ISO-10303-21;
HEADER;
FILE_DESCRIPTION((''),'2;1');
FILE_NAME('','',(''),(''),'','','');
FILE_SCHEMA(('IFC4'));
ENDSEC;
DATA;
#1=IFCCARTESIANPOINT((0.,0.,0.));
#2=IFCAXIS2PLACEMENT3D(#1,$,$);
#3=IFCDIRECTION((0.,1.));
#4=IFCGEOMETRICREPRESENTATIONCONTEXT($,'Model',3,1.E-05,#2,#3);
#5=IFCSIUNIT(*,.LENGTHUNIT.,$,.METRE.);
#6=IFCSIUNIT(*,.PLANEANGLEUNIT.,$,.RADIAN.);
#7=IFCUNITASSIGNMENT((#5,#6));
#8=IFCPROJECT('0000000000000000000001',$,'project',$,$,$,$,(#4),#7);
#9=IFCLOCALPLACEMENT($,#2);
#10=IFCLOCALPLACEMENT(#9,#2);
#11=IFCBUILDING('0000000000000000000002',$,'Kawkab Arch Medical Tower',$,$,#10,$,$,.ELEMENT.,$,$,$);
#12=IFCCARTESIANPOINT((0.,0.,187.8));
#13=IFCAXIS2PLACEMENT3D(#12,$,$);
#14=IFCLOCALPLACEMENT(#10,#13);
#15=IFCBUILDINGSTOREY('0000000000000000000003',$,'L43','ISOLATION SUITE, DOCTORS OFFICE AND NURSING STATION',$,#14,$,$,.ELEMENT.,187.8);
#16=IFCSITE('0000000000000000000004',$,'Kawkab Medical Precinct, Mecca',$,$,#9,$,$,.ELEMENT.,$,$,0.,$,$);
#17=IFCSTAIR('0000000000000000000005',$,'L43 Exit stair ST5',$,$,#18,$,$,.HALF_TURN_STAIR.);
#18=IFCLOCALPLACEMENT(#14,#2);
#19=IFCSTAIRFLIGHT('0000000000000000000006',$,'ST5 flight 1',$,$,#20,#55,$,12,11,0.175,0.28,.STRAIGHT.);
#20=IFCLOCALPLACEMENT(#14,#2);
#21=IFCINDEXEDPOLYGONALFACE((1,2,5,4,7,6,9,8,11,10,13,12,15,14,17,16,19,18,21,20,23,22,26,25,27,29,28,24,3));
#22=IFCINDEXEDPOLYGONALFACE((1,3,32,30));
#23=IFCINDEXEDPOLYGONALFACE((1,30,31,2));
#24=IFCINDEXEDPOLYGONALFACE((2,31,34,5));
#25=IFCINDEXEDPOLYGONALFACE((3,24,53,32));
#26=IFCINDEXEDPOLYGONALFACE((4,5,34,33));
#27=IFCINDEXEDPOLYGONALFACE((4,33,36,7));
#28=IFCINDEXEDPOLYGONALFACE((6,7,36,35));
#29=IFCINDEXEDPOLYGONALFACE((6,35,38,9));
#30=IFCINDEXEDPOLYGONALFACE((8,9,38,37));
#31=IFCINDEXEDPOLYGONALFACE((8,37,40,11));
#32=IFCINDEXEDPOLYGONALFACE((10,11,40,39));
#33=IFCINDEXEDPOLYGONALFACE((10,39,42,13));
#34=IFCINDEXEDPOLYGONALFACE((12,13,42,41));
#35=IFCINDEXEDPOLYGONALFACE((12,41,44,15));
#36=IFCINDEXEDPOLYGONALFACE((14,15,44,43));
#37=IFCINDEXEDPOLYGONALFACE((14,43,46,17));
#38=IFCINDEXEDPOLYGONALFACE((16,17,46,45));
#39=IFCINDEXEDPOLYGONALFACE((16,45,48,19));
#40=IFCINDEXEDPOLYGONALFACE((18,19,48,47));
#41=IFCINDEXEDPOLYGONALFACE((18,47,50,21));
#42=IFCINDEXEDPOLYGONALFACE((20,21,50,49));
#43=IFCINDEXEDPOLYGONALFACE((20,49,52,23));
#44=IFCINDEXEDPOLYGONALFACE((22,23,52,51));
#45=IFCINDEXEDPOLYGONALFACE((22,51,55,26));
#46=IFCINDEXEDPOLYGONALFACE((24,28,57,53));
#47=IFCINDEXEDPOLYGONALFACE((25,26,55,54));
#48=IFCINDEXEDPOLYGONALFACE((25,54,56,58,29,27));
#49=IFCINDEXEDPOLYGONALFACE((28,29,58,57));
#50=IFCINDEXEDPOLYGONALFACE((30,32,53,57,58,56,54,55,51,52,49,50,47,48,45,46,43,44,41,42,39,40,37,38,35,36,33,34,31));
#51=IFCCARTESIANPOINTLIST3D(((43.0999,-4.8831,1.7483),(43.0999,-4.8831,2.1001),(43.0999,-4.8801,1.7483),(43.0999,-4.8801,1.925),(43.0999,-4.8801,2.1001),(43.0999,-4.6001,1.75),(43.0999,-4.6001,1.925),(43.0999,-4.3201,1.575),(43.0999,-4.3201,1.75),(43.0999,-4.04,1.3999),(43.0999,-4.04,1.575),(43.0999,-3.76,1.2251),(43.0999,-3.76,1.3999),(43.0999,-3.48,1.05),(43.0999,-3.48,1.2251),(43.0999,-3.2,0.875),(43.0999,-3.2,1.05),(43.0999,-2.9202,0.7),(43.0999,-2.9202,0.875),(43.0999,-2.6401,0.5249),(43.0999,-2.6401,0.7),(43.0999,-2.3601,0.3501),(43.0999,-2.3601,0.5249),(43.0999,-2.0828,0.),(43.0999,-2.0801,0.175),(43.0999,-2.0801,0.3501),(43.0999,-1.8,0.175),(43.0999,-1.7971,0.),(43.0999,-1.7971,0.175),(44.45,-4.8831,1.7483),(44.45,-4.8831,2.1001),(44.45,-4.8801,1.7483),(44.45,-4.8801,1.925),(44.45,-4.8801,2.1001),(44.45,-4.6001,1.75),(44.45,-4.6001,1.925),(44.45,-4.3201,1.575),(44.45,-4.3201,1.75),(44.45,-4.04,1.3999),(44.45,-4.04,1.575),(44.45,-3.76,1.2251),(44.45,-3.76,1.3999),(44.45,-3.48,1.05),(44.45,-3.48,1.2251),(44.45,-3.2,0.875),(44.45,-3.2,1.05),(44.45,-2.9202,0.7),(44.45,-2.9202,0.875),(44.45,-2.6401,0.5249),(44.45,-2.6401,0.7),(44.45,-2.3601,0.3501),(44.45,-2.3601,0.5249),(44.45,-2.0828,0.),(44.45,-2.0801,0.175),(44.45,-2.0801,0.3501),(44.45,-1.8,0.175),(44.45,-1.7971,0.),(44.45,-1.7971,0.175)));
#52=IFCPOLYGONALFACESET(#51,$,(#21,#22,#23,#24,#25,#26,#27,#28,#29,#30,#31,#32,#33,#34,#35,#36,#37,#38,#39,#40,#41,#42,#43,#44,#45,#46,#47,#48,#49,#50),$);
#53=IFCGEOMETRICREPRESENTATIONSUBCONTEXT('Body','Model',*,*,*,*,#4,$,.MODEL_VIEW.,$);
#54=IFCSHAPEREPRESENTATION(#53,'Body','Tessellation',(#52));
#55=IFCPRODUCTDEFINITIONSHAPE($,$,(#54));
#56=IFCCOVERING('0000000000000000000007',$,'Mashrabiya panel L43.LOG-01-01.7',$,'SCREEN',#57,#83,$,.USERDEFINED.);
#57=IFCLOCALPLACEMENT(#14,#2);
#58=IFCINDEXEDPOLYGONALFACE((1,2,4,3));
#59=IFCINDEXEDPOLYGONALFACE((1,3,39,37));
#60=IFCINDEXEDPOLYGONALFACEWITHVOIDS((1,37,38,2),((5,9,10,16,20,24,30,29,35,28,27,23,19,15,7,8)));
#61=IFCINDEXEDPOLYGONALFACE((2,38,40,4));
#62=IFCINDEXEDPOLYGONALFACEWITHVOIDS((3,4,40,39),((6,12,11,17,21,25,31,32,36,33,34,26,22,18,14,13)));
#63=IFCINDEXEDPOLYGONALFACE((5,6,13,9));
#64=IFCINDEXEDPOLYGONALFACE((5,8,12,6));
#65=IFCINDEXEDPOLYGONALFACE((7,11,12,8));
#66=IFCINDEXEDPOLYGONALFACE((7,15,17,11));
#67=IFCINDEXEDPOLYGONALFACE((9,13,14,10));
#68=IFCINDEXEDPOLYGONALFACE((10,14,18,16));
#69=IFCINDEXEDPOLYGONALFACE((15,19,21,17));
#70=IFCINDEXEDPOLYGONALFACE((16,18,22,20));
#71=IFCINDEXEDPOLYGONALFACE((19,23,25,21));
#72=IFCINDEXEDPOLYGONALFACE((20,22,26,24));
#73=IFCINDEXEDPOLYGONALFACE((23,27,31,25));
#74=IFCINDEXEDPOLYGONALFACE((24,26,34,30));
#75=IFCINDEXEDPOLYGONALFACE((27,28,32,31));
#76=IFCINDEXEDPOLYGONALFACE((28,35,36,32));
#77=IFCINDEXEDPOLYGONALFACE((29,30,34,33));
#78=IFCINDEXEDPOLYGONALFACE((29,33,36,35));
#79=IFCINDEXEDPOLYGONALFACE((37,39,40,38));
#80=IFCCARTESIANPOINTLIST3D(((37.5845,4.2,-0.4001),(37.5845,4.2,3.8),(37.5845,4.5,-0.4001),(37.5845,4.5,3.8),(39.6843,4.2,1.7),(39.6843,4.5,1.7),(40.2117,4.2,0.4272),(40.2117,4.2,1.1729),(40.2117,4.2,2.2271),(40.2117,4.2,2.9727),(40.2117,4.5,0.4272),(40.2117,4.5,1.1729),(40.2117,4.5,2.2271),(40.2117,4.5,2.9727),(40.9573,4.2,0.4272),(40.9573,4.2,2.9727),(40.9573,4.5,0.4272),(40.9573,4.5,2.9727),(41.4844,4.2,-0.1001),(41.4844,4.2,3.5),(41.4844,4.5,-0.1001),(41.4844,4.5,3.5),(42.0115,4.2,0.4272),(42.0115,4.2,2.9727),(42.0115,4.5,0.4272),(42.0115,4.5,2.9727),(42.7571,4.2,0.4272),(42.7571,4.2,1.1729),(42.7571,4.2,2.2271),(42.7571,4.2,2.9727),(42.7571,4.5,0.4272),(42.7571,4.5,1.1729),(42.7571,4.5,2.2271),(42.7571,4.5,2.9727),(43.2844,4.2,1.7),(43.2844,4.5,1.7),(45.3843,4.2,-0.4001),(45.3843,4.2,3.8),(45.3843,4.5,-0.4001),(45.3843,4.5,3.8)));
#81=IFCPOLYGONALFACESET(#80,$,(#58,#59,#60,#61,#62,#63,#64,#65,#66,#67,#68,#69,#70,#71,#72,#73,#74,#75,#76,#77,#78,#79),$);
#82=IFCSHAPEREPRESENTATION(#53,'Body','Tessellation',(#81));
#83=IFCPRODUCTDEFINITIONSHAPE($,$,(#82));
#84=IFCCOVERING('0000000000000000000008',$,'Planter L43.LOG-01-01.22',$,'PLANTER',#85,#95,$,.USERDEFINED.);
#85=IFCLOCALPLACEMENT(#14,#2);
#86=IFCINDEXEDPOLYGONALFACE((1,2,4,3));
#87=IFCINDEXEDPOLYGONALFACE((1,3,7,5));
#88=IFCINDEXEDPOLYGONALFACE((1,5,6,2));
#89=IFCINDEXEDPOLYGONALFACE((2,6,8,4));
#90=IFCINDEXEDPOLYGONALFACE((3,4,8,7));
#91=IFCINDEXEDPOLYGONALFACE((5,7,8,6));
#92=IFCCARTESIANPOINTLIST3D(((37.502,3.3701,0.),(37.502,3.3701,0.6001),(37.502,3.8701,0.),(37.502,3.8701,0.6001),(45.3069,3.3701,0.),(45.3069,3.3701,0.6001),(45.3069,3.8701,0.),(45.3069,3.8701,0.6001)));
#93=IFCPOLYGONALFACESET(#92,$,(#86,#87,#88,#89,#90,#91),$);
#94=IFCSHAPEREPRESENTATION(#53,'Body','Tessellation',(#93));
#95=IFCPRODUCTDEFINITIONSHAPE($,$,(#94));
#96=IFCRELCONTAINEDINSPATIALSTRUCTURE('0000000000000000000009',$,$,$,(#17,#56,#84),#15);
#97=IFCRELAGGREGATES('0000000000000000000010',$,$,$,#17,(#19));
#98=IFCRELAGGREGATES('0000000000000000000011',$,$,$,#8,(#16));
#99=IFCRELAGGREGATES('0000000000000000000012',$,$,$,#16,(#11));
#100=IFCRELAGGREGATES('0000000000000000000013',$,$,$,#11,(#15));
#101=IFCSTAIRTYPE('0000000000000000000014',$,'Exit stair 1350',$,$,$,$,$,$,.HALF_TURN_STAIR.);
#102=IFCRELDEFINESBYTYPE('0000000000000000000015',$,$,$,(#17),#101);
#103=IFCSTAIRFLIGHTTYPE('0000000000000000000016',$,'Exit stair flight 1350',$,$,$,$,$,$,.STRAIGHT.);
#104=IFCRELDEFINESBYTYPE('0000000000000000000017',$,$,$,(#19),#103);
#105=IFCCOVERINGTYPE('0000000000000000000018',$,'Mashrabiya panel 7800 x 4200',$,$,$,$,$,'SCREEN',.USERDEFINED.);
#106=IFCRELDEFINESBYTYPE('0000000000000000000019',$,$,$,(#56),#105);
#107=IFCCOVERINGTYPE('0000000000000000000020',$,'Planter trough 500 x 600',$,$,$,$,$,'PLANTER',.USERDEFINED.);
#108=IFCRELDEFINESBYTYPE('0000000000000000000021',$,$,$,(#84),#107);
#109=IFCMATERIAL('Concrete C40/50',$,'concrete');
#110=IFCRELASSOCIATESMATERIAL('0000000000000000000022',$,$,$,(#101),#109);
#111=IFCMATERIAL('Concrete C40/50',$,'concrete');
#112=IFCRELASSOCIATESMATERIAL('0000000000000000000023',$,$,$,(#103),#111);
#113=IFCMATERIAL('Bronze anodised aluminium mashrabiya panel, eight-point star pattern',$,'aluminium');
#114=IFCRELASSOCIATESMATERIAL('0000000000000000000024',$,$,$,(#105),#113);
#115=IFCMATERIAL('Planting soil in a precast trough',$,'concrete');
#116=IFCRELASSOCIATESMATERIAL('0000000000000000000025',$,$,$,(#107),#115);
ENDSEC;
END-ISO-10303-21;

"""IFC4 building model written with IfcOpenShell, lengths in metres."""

from ifc_helpers import new_model, si_unit, direction, frame, origin, origin_2d, place, context, subcontext, project, spatial, polyline, rectangle, outline, extrude, material, material_profile, profile_set, type_object, element, aggregate, save


model = new_model("IFC4")

# Units and contexts
model_context = context("Model", 3, precision=1e-05, world=origin(), true_north=direction((0.0, 1.0)))
body_context = subcontext(model_context, "Body", "Model", "MODEL_VIEW")
ifc_project = project(units=[si_unit("LENGTHUNIT", "METRE"), si_unit("PLANEANGLEUNIT", "RADIAN")], contexts=[model_context])

# Site, building, storey
site_placement = place(None, origin())
site = spatial("IfcSite", under=ifc_project, at=site_placement, Name="Kawkab Medical Precinct, Mecca", CompositionType="ELEMENT", RefElevation=0.0)
building_placement = place(site_placement, origin())
building = spatial("IfcBuilding", under=site, at=building_placement, Name="Kawkab Arch Medical Tower", CompositionType="ELEMENT")
storey_placement = place(building_placement, frame((0.0, 0.0, 187.8)))
storey = spatial("IfcBuildingStorey", under=building, at=storey_placement, Name="L43", Description="ISOLATION SUITE, DOCTORS OFFICE AND NURSING STATION", CompositionType="ELEMENT", Elevation=187.8)

# Shared definitions
placement = place(storey_placement, origin())

# Stair, stair flight
ifc_material_1 = material(Name="Concrete C40/50", Category="concrete")
stair_type = type_object("IfcStairType", Name="Exit stair 1350", PredefinedType="HALF_TURN_STAIR", material=ifc_material_1)
stair = element("IfcStair", 1, at=placement, inside=storey, type_object=stair_type, Name="L43 Exit stair ST5", PredefinedType="HALF_TURN_STAIR")
ifc_material_2 = material(Name="Concrete C40/50", Category="concrete")
stair_flight_type = type_object("IfcStairFlightType", Name="Exit stair flight 1350", PredefinedType="STRAIGHT", material=ifc_material_2)
stair_flight_placement = place(storey_placement, frame((43.7749, -1.8, 0.0), z_axis=(0.0, 0.0, 1.0), x_axis=(0.0, -1.0, 0.0)))
stair_flight = element("IfcStairFlight", 2, at=stair_flight_placement, type_object=stair_flight_type, Name="ST5 flight 1", NumberOfRisers=12, NumberOfTreads=11, PredefinedType="STRAIGHT", RiserHeight=0.175, TreadLength=0.28, context=body_context, shape_type="SweptSolid", body=[
    extrude(outline(polyline([(-0.0029, 0.0), (-0.0029, 0.175), (0.0, 0.175), (0.28, 0.175), (0.28, 0.3501), (0.5601, 0.3501), (0.5601, 0.5249), (0.8401, 0.5249), (0.8401, 0.7), (1.1201, 0.7), (1.1201, 0.875), (1.3999, 0.875), (1.3999, 1.05), (1.6799, 1.05), (1.6799, 1.2251), (1.96, 1.2251), (1.96, 1.3999), (2.24, 1.3999), (2.24, 1.575), (2.52, 1.575), (2.52, 1.75), (2.8, 1.75), (2.8, 1.925), (3.0801, 1.925), (3.0801, 2.1001), (3.083, 2.1001), (3.083, 1.7483), (3.0801, 1.7483), (0.2827, 0.0), (-0.0029, 0.0)])), frame((0.0, 0.675, 0.0), z_axis=(0.0, -1.0, 0.0), x_axis=(1.0, 0.0, 0.0)), (0.0, 0.0, 1.0), 1.3501),
])
aggregate(stair, [stair_flight])

# Coverings
ifc_material_3 = material(Name="Bronze anodised aluminium mashrabiya panel, eight-point star pattern", Category="aluminium")
ifc_material_profile_1 = material_profile(ifc_material_3, outline(polyline([(-3.8999, -2.1001), (3.8999, -2.1001), (3.8999, 2.1001), (-3.8999, 2.1001), (-3.8999, -2.1001)]), holes=[polyline([(1.8, 0.0), (1.2727, 0.5271), (1.2727, 1.2727), (0.5271, 1.2727), (0.0, 1.8), (-0.5271, 1.2727), (-1.2727, 1.2727), (-1.2727, 0.5271), (-1.8, 0.0), (-1.2727, -0.5271), (-1.2727, -1.2727), (-0.5271, -1.2727), (0.0, -1.8), (0.5271, -1.2727), (1.2727, -1.2727), (1.2727, -0.5271), (1.8, 0.0)])]), Name="Mashrabiya panel 7800x4200")
ifc_profile_set_1 = profile_set([ifc_material_profile_1], Name="Bronze anodised aluminium mashrabiya panel, eight-point star pattern")
covering_type_1 = type_object("IfcCoveringType", Name="Mashrabiya panel 7800 x 4200", ElementType="SCREEN", PredefinedType="USERDEFINED", material=ifc_profile_set_1)
covering_1_placement = place(storey_placement, frame((41.4844, 4.2, 1.7), z_axis=(0.0, 1.0, 0.0), x_axis=(-1.0, 0.0, 0.0)))
element("IfcCovering", 3, at=covering_1_placement, inside=storey, type_object=covering_type_1, Name="Mashrabiya panel L43.LOG-01-01.7", ObjectType="SCREEN", PredefinedType="USERDEFINED", context=body_context, shape_type="SweptSolid", body=[
    extrude(outline(polyline([(-3.8999, -2.1001), (3.8999, -2.1001), (3.8999, 2.1001), (-3.8999, 2.1001), (-3.8999, -2.1001)]), holes=[polyline([(1.8, 0.0), (1.2727, 0.5271), (1.2727, 1.2727), (0.5271, 1.2727), (0.0, 1.8), (-0.5271, 1.2727), (-1.2727, 1.2727), (-1.2727, 0.5271), (-1.8, 0.0), (-1.2727, -0.5271), (-1.2727, -1.2727), (-0.5271, -1.2727), (0.0, -1.8), (0.5271, -1.2727), (1.2727, -1.2727), (1.2727, -0.5271), (1.8, 0.0)])]), origin(), (0.0, 0.0, 1.0), 0.3),
])
ifc_material_4 = material(Name="Planting soil in a precast trough", Category="concrete")
ifc_material_profile_2 = material_profile(ifc_material_4, rectangle(XDim=0.5, YDim=0.6001, at=origin_2d()), Name="Trough 500x600")
ifc_profile_set_2 = profile_set([ifc_material_profile_2], Name="Planting soil in a precast trough")
covering_type_2 = type_object("IfcCoveringType", Name="Planter trough 500 x 600", ElementType="PLANTER", PredefinedType="USERDEFINED", material=ifc_profile_set_2)
covering_2_placement = place(storey_placement, frame((37.502, 3.6201, 0.3), z_axis=(1.0, 0.0, 0.0), x_axis=(0.0, 1.0, 0.0)))
element("IfcCovering", 4, at=covering_2_placement, inside=storey, type_object=covering_type_2, Name="Planter L43.LOG-01-01.22", ObjectType="PLANTER", PredefinedType="USERDEFINED", context=body_context, shape_type="SweptSolid", body=[
    extrude(rectangle(XDim=0.5, YDim=0.6001, at=origin_2d()), origin(), (0.0, 0.0, 1.0), 7.8049),
])

save(model, "model.ifc")
